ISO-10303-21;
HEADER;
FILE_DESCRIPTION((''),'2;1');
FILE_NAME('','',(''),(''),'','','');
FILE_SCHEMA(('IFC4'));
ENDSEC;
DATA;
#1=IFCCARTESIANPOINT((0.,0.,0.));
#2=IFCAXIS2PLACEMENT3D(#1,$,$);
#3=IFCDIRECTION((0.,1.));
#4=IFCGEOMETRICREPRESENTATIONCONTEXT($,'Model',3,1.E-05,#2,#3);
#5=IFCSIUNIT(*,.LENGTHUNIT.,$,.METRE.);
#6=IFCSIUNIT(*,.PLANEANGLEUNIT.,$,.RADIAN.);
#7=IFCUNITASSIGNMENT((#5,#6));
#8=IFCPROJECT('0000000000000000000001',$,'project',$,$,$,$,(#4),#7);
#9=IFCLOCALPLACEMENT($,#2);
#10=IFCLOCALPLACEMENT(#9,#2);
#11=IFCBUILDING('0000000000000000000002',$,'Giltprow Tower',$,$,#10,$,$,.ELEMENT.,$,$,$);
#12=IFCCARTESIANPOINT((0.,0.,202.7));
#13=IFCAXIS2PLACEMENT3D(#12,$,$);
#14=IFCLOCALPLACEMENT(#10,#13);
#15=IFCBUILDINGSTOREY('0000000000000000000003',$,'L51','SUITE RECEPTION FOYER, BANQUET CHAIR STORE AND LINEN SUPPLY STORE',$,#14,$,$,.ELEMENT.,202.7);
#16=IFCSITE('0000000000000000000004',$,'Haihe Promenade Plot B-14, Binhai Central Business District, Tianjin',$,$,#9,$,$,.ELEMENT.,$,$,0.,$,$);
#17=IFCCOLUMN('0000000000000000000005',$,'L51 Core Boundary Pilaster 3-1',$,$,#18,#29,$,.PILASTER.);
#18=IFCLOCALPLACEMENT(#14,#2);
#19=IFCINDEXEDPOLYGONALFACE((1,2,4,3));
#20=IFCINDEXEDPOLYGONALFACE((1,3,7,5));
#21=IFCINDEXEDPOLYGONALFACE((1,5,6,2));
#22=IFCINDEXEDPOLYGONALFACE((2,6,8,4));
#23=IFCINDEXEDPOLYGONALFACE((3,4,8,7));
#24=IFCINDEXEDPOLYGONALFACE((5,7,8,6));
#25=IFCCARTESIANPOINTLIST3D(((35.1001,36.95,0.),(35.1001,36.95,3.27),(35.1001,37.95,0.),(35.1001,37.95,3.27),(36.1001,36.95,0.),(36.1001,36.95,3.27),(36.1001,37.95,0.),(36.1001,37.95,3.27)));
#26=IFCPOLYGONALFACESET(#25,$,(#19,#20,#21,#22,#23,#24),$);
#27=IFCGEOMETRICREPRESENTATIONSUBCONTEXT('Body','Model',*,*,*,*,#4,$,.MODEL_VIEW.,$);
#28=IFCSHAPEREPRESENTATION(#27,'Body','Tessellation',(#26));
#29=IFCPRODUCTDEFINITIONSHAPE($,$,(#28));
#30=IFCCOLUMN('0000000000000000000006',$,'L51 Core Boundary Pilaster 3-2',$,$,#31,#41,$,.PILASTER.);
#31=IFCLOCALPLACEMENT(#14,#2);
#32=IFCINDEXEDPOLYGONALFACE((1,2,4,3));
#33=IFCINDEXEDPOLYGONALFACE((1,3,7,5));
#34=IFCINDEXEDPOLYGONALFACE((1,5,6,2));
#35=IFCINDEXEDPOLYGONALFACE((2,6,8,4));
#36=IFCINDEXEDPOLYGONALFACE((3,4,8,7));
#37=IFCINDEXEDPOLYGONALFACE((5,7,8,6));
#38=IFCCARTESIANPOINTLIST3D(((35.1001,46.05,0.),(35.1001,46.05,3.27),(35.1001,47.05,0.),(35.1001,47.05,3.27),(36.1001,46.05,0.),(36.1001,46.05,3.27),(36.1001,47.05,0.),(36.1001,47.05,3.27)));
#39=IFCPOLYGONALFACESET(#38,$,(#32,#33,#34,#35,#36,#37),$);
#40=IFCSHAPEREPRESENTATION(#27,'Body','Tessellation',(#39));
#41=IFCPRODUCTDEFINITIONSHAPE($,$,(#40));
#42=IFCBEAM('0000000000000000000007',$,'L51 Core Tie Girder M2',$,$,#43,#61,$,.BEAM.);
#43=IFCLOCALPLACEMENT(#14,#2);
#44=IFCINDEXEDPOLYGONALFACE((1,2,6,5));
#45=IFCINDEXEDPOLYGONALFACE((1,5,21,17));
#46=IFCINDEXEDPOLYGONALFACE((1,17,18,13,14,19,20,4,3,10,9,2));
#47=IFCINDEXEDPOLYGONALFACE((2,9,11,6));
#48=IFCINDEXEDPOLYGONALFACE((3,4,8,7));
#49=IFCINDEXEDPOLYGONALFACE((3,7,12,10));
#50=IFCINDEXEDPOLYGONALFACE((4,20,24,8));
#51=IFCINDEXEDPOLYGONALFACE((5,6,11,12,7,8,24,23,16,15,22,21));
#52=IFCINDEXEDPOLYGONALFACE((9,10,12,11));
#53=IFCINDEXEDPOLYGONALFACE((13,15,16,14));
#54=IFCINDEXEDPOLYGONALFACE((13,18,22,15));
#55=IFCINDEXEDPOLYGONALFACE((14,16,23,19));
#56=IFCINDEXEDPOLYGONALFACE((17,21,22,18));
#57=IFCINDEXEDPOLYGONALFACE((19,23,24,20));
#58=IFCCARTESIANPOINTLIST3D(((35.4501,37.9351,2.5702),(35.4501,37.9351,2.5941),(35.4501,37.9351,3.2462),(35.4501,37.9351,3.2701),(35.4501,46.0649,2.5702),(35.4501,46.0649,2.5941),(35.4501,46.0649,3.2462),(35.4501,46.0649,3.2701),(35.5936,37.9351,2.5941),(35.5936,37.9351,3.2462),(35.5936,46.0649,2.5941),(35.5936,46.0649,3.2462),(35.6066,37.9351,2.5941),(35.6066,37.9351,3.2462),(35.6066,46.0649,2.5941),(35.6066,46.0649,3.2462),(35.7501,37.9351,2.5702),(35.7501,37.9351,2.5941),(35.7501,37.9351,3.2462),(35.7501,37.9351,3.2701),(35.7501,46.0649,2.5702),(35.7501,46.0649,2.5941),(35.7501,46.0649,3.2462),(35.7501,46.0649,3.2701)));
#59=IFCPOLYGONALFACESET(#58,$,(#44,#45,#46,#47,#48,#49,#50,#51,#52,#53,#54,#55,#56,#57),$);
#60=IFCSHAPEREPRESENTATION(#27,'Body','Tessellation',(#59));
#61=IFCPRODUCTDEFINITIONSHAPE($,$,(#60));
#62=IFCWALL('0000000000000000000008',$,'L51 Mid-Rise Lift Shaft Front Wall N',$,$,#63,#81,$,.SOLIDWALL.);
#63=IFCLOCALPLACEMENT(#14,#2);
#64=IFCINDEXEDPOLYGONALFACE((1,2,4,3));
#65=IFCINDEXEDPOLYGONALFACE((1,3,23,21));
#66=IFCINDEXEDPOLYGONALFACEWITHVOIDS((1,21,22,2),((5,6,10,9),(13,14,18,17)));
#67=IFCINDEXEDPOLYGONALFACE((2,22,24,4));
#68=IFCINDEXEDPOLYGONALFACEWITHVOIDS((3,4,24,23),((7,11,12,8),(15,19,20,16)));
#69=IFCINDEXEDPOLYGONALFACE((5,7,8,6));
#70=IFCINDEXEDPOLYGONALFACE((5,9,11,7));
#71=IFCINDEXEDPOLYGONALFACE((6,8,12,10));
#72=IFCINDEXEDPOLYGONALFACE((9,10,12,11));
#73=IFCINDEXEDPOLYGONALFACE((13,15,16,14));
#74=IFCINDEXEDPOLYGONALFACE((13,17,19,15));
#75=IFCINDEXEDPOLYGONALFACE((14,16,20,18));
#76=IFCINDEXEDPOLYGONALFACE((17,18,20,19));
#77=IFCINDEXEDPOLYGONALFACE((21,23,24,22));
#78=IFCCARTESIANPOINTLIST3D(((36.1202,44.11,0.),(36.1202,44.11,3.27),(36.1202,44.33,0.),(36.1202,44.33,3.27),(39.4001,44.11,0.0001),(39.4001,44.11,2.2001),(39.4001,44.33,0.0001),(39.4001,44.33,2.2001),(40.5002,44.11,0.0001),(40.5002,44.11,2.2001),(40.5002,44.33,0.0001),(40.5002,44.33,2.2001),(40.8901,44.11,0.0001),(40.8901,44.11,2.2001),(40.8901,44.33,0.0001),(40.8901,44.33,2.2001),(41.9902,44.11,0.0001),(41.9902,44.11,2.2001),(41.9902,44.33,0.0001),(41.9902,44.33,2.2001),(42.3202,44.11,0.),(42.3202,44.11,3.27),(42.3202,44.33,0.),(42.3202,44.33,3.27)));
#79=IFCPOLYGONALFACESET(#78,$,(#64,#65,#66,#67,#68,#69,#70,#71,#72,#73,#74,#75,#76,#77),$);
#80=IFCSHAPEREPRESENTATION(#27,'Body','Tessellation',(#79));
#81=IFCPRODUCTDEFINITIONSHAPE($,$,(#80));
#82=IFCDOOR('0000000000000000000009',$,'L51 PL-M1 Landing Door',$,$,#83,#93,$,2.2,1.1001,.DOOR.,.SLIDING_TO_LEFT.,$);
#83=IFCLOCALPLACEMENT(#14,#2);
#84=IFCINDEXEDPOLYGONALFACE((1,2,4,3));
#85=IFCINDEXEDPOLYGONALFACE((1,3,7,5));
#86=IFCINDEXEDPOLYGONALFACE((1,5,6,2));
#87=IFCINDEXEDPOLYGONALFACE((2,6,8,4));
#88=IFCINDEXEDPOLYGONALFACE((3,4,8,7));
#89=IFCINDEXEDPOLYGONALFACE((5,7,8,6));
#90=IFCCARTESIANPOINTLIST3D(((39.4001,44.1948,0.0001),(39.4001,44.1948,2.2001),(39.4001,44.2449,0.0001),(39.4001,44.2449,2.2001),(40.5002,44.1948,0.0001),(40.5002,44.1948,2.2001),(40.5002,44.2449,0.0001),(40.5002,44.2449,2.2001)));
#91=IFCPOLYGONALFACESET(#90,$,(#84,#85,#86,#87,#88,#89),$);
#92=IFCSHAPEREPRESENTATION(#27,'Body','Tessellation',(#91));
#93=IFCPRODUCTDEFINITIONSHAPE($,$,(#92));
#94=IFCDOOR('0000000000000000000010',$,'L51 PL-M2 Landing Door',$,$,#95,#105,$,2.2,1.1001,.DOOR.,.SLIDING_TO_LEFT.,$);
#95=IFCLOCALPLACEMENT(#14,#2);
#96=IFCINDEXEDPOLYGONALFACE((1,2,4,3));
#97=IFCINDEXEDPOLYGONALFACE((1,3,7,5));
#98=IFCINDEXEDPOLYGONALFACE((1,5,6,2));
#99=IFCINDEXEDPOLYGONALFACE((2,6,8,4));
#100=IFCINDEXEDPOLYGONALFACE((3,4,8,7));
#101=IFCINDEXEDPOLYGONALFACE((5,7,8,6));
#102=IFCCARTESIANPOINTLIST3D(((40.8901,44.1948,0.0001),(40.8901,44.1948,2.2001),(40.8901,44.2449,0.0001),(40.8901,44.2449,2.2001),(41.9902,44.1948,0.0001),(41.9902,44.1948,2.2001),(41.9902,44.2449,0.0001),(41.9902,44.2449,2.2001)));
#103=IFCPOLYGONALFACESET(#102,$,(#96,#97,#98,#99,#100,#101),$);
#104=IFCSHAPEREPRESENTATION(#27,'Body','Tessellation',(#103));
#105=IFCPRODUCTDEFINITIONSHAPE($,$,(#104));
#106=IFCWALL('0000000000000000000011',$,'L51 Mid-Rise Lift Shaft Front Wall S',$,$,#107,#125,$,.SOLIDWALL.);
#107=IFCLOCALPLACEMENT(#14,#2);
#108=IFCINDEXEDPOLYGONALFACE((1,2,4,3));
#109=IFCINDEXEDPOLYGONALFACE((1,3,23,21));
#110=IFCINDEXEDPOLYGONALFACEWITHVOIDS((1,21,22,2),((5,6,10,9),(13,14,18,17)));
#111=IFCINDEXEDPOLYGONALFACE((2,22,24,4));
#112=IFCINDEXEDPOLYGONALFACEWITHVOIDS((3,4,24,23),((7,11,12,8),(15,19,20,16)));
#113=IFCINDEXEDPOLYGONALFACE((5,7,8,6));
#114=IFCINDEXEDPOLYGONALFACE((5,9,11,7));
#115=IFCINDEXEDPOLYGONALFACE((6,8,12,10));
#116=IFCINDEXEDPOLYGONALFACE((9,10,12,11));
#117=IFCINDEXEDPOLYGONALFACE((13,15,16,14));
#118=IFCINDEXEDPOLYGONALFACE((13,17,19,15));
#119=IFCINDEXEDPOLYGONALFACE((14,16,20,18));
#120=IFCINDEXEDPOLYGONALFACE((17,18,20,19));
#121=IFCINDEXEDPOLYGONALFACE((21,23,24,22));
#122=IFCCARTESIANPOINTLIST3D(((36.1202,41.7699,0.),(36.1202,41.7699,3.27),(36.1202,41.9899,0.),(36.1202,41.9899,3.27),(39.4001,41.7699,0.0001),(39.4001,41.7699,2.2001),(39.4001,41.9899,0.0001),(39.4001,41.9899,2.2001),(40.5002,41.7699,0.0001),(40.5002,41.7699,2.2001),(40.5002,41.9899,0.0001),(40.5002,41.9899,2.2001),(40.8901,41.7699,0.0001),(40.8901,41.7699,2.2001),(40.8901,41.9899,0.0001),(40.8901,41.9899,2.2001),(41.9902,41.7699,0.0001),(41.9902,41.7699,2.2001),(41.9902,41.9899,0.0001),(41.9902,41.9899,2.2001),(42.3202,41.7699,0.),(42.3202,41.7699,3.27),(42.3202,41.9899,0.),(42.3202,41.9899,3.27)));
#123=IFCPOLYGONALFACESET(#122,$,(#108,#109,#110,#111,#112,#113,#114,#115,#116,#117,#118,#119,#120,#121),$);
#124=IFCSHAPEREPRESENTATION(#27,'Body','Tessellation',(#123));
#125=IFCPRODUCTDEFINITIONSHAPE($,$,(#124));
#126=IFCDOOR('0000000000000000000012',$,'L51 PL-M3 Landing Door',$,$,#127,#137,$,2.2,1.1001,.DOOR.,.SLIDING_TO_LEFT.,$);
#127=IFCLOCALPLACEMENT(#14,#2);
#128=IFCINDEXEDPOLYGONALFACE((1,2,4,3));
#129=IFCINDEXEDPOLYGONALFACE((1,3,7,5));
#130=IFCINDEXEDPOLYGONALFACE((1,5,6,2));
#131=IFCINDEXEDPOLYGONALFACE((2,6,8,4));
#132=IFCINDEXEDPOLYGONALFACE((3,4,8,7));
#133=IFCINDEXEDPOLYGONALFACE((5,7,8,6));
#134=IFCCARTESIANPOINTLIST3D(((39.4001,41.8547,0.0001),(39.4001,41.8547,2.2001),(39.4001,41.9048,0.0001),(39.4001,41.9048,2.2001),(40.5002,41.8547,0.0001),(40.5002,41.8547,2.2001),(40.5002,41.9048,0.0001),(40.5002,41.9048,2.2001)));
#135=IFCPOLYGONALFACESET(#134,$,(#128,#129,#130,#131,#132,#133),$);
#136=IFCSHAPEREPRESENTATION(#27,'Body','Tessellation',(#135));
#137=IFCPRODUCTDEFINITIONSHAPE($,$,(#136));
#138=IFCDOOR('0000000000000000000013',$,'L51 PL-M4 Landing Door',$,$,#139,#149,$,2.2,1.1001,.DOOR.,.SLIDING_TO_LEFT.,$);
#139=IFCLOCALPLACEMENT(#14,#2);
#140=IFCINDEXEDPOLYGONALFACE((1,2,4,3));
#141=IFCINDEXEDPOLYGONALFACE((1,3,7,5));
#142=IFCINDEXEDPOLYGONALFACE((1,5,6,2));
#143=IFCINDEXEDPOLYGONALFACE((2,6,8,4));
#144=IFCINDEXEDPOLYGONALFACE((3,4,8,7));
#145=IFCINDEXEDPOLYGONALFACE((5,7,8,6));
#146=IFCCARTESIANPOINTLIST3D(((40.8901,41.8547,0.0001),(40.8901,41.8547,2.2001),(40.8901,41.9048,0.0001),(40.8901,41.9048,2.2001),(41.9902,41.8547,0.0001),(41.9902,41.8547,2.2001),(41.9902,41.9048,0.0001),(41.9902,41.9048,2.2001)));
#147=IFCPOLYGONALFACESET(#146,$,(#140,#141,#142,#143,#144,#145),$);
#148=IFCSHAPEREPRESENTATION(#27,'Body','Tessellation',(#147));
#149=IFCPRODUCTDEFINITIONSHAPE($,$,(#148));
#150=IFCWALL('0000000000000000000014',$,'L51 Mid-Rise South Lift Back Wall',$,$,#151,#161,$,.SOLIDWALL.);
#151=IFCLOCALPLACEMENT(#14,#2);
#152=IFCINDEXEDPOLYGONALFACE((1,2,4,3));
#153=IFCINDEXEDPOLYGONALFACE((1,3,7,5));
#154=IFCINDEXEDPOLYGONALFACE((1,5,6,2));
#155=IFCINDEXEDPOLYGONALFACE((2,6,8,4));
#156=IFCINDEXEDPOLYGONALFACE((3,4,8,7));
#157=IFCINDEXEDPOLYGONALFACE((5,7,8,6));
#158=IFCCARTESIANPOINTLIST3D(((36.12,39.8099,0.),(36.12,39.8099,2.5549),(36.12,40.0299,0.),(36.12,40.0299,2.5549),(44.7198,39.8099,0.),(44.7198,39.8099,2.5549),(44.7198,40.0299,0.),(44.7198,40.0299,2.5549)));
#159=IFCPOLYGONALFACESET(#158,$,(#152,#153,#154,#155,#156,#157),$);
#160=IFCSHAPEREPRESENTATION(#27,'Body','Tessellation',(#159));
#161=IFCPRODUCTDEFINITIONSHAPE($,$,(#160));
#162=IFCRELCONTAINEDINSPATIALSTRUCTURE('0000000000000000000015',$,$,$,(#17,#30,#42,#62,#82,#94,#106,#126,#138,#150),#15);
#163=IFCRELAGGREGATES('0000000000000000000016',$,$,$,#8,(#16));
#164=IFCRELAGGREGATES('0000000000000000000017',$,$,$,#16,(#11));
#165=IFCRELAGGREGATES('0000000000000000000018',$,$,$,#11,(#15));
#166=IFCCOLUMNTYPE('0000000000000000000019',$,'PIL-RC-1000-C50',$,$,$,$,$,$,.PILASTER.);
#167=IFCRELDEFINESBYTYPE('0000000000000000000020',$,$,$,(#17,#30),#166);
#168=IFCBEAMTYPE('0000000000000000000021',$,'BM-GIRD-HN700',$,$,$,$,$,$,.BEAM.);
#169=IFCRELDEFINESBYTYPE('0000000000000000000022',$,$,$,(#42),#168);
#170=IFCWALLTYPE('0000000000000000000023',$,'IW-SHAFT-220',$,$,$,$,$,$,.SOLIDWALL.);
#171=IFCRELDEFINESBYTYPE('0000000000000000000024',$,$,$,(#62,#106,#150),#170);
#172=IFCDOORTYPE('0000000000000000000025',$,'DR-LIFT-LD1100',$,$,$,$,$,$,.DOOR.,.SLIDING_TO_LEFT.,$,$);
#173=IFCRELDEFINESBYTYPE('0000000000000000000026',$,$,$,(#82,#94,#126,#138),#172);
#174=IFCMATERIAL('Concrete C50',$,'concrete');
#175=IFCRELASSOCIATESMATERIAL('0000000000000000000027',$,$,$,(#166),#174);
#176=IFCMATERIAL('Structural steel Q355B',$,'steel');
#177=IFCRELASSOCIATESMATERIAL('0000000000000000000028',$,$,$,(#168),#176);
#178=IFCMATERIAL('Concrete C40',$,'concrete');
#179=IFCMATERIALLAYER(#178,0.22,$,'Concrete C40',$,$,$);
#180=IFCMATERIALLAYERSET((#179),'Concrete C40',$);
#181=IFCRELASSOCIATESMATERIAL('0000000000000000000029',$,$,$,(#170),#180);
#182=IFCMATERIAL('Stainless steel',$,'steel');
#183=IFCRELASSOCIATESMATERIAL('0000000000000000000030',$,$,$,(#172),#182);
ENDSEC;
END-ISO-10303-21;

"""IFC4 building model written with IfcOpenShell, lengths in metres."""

from ifc_helpers import new_model, si_unit, direction, frame, frame_2d, origin, origin_2d, place, context, subcontext, project, spatial, rectangle, i_section, extrude, source, transform, mapped, material, layer, layer_set, material_profile, profile_set, type_object, element, fill, save


model = new_model("IFC4")

# Units and contexts
model_context = context("Model", 3, precision=1e-05, world=origin(), true_north=direction((0.0, 1.0)))
body_context = subcontext(model_context, "Body", "Model", "MODEL_VIEW")
ifc_project = project(units=[si_unit("LENGTHUNIT", "METRE"), si_unit("PLANEANGLEUNIT", "RADIAN")], contexts=[model_context])

# Site, building, storey
site_placement = place(None, origin())
site = spatial("IfcSite", under=ifc_project, at=site_placement, Name="Haihe Promenade Plot B-14, Binhai Central Business District, Tianjin", CompositionType="ELEMENT", RefElevation=0.0)
building_placement = place(site_placement, origin())
building = spatial("IfcBuilding", under=site, at=building_placement, Name="Giltprow Tower", CompositionType="ELEMENT")
storey_placement = place(building_placement, frame((0.0, 0.0, 202.7)))
storey = spatial("IfcBuildingStorey", under=building, at=storey_placement, Name="L51", Description="SUITE RECEPTION FOYER, BANQUET CHAIR STORE AND LINEN SUPPLY STORE", CompositionType="ELEMENT", Elevation=202.7)

# Columns
ifc_material_1 = material(Name="Concrete C50", Category="concrete")
ifc_material_profile_1 = material_profile(ifc_material_1, rectangle(XDim=1.0, YDim=1.0, at=origin_2d()), Name="RC 1000x1000")
ifc_profile_set_1 = profile_set([ifc_material_profile_1], Name="Concrete C50")
column_type = type_object("IfcColumnType", Name="PIL-RC-1000-C50", PredefinedType="PILASTER", material=ifc_profile_set_1)
shared_shape_1 = source(origin(), body_context, "Body", "SweptSolid", [
    extrude(rectangle(XDim=1.0, YDim=1.0, at=origin_2d()), origin(), (0.0, 0.0, 1.0), 3.27),
])
for number, where, z_axis, x_axis, name in (
    (1, (35.6001, 37.45, 0.0), (0.0, 0.0, 1.0), (1.0, 0.0, 0.0), "L51 Core Boundary Pilaster 3-1"),
    (2, (35.6001, 46.55, 0.0), (0.0, 0.0, 1.0), (1.0, 0.0, 0.0), "L51 Core Boundary Pilaster 3-2"),
):
    element("IfcColumn", number, at=place(storey_placement, frame(where, z_axis=z_axis, x_axis=x_axis)), inside=storey, type_object=column_type, Name=name, PredefinedType="PILASTER", context=body_context, shape_type="MappedRepresentation", body=[
        mapped(shared_shape_1, transform((0.0, 0.0, 0.0), x_axis=(1.0, 0.0, 0.0), y_axis=(0.0, 1.0, 0.0), z_axis=(0.0, 0.0, 1.0), scale=1.0)),
    ])

# Beam
ifc_material_2 = material(Name="Structural steel Q355B", Category="steel")
ifc_material_profile_2 = material_profile(ifc_material_2, i_section(OverallWidth=0.3, OverallDepth=0.7, WebThickness=0.0129, FlangeThickness=0.0239, at=origin_2d()), Name="HN 700x300x13x24")
ifc_profile_set_2 = profile_set([ifc_material_profile_2], Name="Structural steel Q355B")
beam_type = type_object("IfcBeamType", Name="BM-GIRD-HN700", PredefinedType="BEAM", material=ifc_profile_set_2)
shared_shape_2 = source(origin(), body_context, "Body", "SweptSolid", [
    extrude(i_section(OverallWidth=0.3, OverallDepth=0.7, WebThickness=0.0129, FlangeThickness=0.0239, at=origin_2d()), origin(), (0.0, 0.0, 1.0), 8.1299),
])
beam_placement = place(storey_placement, frame((35.6001, 37.9351, 2.9202), z_axis=(0.0, 1.0, 0.0), x_axis=(-1.0, 0.0, 0.0)))
element("IfcBeam", 3, at=beam_placement, inside=storey, type_object=beam_type, Name="L51 Core Tie Girder M2", PredefinedType="BEAM", context=body_context, shape_type="MappedRepresentation", body=[
    mapped(shared_shape_2, transform((0.0, 0.0, 0.0), x_axis=(1.0, 0.0, 0.0), y_axis=(0.0, 1.0, 0.0), z_axis=(0.0, 0.0, 1.0), scale=1.0)),
])

# Walls, openings, doors
ifc_material_3 = material(Name="Concrete C40", Category="concrete")
ifc_layer_1 = layer(ifc_material_3, 0.22, Name="Concrete C40")
ifc_layer_set_1 = layer_set([ifc_layer_1], Name="Concrete C40")
wall_type_1 = type_object("IfcWallType", Name="IW-SHAFT-220", PredefinedType="SOLIDWALL", material=ifc_layer_set_1)
wall_1_placement = place(storey_placement, frame((36.1201, 44.22, 0.0), z_axis=(0.0, 0.0, 1.0), x_axis=(1.0, 0.0, 0.0)))
wall_1 = element("IfcWall", 4, at=wall_1_placement, inside=storey, type_object=wall_type_1, Name="L51 Mid-Rise Lift Shaft Front Wall N", PredefinedType="SOLIDWALL", context=body_context, shape_type="SweptSolid", body=[
    extrude(rectangle(XDim=6.2, YDim=0.22, at=frame_2d((3.1001, 0.0))), origin(), (0.0, 0.0, 1.0), 3.27),
])
opening_1_placement = place(wall_1_placement, frame((3.28, 0.0, 0.0)))
opening_1 = element("IfcOpeningElement", 5, at=opening_1_placement, cuts=wall_1, PredefinedType="OPENING", context=body_context, shape_type="SweptSolid", body=[
    extrude(rectangle(XDim=1.1001, YDim=2.2, at=frame_2d((0.55, 1.1001))), frame((0.0, 0.1199, 0.0), z_axis=(0.0, -1.0, 0.0), x_axis=(1.0, 0.0, 0.0)), (0.0, 0.0, 1.0), 0.24),
])
opening_2_placement = place(wall_1_placement, frame((4.77, 0.0, 0.0)))
opening_2 = element("IfcOpeningElement", 6, at=opening_2_placement, cuts=wall_1, PredefinedType="OPENING", context=body_context, shape_type="SweptSolid", body=[
    extrude(rectangle(XDim=1.1001, YDim=2.2, at=frame_2d((0.55, 1.1001))), frame((0.0, 0.1199, 0.0), z_axis=(0.0, -1.0, 0.0), x_axis=(1.0, 0.0, 0.0)), (0.0, 0.0, 1.0), 0.24),
])
ifc_material_4 = material(Name="Stainless steel", Category="steel")
door_type_1 = type_object("IfcDoorType", Name="DR-LIFT-LD1100", OperationType="SLIDING_TO_LEFT", PredefinedType="DOOR", material=ifc_material_4)
shared_shape_3 = source(origin(), body_context, "Body", "SweptSolid", [
    extrude(rectangle(XDim=1.1001, YDim=2.2, at=frame_2d((0.55, 1.1001))), frame((0.0, 0.0249, 0.0), z_axis=(0.0, -1.0, 0.0), x_axis=(1.0, 0.0, 0.0)), (0.0, 0.0, 1.0), 0.05),
])
door_1_placement = place(opening_1_placement, origin())
door_1 = element("IfcDoor", 7, at=door_1_placement, inside=storey, type_object=door_type_1, Name="L51 PL-M1 Landing Door", OperationType="SLIDING_TO_LEFT", OverallHeight=2.2, OverallWidth=1.1001, PredefinedType="DOOR", context=body_context, shape_type="MappedRepresentation", body=[
    mapped(shared_shape_3, transform((0.0, 0.0, 0.0), x_axis=(1.0, 0.0, 0.0), y_axis=(0.0, 1.0, 0.0), z_axis=(0.0, 0.0, 1.0), scale=1.0)),
])
fill(opening_1, door_1)
door_2_placement = place(opening_2_placement, origin())
door_2 = element("IfcDoor", 8, at=door_2_placement, inside=storey, type_object=door_type_1, Name="L51 PL-M2 Landing Door", OperationType="SLIDING_TO_LEFT", OverallHeight=2.2, OverallWidth=1.1001, PredefinedType="DOOR", context=body_context, shape_type="MappedRepresentation", body=[
    mapped(shared_shape_3, transform((0.0, 0.0, 0.0), x_axis=(1.0, 0.0, 0.0), y_axis=(0.0, 1.0, 0.0), z_axis=(0.0, 0.0, 1.0), scale=1.0)),
])
fill(opening_2, door_2)
wall_2_placement = place(storey_placement, frame((36.1201, 41.8799, 0.0), z_axis=(0.0, 0.0, 1.0), x_axis=(1.0, 0.0, 0.0)))
wall_2 = element("IfcWall", 9, at=wall_2_placement, inside=storey, type_object=wall_type_1, Name="L51 Mid-Rise Lift Shaft Front Wall S", PredefinedType="SOLIDWALL", context=body_context, shape_type="SweptSolid", body=[
    extrude(rectangle(XDim=6.2, YDim=0.22, at=frame_2d((3.1001, 0.0))), origin(), (0.0, 0.0, 1.0), 3.27),
])
opening_3_placement = place(wall_2_placement, frame((3.28, 0.0, 0.0)))
opening_3 = element("IfcOpeningElement", 10, at=opening_3_placement, cuts=wall_2, PredefinedType="OPENING", context=body_context, shape_type="SweptSolid", body=[
    extrude(rectangle(XDim=1.1001, YDim=2.2, at=frame_2d((0.55, 1.1001))), frame((0.0, 0.1199, 0.0), z_axis=(0.0, -1.0, 0.0), x_axis=(1.0, 0.0, 0.0)), (0.0, 0.0, 1.0), 0.24),
])
opening_4_placement = place(wall_2_placement, frame((4.77, 0.0, 0.0)))
opening_4 = element("IfcOpeningElement", 11, at=opening_4_placement, cuts=wall_2, PredefinedType="OPENING", context=body_context, shape_type="SweptSolid", body=[
    extrude(rectangle(XDim=1.1001, YDim=2.2, at=frame_2d((0.55, 1.1001))), frame((0.0, 0.1199, 0.0), z_axis=(0.0, -1.0, 0.0), x_axis=(1.0, 0.0, 0.0)), (0.0, 0.0, 1.0), 0.24),
])
door_3_placement = place(opening_3_placement, origin())
door_3 = element("IfcDoor", 12, at=door_3_placement, inside=storey, type_object=door_type_1, Name="L51 PL-M3 Landing Door", OperationType="SLIDING_TO_LEFT", OverallHeight=2.2, OverallWidth=1.1001, PredefinedType="DOOR", context=body_context, shape_type="MappedRepresentation", body=[
    mapped(shared_shape_3, transform((0.0, 0.0, 0.0), x_axis=(1.0, 0.0, 0.0), y_axis=(0.0, 1.0, 0.0), z_axis=(0.0, 0.0, 1.0), scale=1.0)),
])
fill(opening_3, door_3)
door_4_placement = place(opening_4_placement, origin())
door_4 = element("IfcDoor", 13, at=door_4_placement, inside=storey, type_object=door_type_1, Name="L51 PL-M4 Landing Door", OperationType="SLIDING_TO_LEFT", OverallHeight=2.2, OverallWidth=1.1001, PredefinedType="DOOR", context=body_context, shape_type="MappedRepresentation", body=[
    mapped(shared_shape_3, transform((0.0, 0.0, 0.0), x_axis=(1.0, 0.0, 0.0), y_axis=(0.0, 1.0, 0.0), z_axis=(0.0, 0.0, 1.0), scale=1.0)),
])
fill(opening_4, door_4)

# Wall
wall_3_placement = place(storey_placement, frame((36.1201, 39.9199, 0.0), z_axis=(0.0, 0.0, 1.0), x_axis=(1.0, 0.0, 0.0)))
element("IfcWall", 14, at=wall_3_placement, inside=storey, type_object=wall_type_1, Name="L51 Mid-Rise South Lift Back Wall", PredefinedType="SOLIDWALL", context=body_context, shape_type="SweptSolid", body=[
    extrude(rectangle(XDim=8.5999, YDim=0.22, at=frame_2d((4.2998, 0.0))), origin(), (0.0, 0.0, 1.0), 2.5549),
])

save(model, "model.ifc")
